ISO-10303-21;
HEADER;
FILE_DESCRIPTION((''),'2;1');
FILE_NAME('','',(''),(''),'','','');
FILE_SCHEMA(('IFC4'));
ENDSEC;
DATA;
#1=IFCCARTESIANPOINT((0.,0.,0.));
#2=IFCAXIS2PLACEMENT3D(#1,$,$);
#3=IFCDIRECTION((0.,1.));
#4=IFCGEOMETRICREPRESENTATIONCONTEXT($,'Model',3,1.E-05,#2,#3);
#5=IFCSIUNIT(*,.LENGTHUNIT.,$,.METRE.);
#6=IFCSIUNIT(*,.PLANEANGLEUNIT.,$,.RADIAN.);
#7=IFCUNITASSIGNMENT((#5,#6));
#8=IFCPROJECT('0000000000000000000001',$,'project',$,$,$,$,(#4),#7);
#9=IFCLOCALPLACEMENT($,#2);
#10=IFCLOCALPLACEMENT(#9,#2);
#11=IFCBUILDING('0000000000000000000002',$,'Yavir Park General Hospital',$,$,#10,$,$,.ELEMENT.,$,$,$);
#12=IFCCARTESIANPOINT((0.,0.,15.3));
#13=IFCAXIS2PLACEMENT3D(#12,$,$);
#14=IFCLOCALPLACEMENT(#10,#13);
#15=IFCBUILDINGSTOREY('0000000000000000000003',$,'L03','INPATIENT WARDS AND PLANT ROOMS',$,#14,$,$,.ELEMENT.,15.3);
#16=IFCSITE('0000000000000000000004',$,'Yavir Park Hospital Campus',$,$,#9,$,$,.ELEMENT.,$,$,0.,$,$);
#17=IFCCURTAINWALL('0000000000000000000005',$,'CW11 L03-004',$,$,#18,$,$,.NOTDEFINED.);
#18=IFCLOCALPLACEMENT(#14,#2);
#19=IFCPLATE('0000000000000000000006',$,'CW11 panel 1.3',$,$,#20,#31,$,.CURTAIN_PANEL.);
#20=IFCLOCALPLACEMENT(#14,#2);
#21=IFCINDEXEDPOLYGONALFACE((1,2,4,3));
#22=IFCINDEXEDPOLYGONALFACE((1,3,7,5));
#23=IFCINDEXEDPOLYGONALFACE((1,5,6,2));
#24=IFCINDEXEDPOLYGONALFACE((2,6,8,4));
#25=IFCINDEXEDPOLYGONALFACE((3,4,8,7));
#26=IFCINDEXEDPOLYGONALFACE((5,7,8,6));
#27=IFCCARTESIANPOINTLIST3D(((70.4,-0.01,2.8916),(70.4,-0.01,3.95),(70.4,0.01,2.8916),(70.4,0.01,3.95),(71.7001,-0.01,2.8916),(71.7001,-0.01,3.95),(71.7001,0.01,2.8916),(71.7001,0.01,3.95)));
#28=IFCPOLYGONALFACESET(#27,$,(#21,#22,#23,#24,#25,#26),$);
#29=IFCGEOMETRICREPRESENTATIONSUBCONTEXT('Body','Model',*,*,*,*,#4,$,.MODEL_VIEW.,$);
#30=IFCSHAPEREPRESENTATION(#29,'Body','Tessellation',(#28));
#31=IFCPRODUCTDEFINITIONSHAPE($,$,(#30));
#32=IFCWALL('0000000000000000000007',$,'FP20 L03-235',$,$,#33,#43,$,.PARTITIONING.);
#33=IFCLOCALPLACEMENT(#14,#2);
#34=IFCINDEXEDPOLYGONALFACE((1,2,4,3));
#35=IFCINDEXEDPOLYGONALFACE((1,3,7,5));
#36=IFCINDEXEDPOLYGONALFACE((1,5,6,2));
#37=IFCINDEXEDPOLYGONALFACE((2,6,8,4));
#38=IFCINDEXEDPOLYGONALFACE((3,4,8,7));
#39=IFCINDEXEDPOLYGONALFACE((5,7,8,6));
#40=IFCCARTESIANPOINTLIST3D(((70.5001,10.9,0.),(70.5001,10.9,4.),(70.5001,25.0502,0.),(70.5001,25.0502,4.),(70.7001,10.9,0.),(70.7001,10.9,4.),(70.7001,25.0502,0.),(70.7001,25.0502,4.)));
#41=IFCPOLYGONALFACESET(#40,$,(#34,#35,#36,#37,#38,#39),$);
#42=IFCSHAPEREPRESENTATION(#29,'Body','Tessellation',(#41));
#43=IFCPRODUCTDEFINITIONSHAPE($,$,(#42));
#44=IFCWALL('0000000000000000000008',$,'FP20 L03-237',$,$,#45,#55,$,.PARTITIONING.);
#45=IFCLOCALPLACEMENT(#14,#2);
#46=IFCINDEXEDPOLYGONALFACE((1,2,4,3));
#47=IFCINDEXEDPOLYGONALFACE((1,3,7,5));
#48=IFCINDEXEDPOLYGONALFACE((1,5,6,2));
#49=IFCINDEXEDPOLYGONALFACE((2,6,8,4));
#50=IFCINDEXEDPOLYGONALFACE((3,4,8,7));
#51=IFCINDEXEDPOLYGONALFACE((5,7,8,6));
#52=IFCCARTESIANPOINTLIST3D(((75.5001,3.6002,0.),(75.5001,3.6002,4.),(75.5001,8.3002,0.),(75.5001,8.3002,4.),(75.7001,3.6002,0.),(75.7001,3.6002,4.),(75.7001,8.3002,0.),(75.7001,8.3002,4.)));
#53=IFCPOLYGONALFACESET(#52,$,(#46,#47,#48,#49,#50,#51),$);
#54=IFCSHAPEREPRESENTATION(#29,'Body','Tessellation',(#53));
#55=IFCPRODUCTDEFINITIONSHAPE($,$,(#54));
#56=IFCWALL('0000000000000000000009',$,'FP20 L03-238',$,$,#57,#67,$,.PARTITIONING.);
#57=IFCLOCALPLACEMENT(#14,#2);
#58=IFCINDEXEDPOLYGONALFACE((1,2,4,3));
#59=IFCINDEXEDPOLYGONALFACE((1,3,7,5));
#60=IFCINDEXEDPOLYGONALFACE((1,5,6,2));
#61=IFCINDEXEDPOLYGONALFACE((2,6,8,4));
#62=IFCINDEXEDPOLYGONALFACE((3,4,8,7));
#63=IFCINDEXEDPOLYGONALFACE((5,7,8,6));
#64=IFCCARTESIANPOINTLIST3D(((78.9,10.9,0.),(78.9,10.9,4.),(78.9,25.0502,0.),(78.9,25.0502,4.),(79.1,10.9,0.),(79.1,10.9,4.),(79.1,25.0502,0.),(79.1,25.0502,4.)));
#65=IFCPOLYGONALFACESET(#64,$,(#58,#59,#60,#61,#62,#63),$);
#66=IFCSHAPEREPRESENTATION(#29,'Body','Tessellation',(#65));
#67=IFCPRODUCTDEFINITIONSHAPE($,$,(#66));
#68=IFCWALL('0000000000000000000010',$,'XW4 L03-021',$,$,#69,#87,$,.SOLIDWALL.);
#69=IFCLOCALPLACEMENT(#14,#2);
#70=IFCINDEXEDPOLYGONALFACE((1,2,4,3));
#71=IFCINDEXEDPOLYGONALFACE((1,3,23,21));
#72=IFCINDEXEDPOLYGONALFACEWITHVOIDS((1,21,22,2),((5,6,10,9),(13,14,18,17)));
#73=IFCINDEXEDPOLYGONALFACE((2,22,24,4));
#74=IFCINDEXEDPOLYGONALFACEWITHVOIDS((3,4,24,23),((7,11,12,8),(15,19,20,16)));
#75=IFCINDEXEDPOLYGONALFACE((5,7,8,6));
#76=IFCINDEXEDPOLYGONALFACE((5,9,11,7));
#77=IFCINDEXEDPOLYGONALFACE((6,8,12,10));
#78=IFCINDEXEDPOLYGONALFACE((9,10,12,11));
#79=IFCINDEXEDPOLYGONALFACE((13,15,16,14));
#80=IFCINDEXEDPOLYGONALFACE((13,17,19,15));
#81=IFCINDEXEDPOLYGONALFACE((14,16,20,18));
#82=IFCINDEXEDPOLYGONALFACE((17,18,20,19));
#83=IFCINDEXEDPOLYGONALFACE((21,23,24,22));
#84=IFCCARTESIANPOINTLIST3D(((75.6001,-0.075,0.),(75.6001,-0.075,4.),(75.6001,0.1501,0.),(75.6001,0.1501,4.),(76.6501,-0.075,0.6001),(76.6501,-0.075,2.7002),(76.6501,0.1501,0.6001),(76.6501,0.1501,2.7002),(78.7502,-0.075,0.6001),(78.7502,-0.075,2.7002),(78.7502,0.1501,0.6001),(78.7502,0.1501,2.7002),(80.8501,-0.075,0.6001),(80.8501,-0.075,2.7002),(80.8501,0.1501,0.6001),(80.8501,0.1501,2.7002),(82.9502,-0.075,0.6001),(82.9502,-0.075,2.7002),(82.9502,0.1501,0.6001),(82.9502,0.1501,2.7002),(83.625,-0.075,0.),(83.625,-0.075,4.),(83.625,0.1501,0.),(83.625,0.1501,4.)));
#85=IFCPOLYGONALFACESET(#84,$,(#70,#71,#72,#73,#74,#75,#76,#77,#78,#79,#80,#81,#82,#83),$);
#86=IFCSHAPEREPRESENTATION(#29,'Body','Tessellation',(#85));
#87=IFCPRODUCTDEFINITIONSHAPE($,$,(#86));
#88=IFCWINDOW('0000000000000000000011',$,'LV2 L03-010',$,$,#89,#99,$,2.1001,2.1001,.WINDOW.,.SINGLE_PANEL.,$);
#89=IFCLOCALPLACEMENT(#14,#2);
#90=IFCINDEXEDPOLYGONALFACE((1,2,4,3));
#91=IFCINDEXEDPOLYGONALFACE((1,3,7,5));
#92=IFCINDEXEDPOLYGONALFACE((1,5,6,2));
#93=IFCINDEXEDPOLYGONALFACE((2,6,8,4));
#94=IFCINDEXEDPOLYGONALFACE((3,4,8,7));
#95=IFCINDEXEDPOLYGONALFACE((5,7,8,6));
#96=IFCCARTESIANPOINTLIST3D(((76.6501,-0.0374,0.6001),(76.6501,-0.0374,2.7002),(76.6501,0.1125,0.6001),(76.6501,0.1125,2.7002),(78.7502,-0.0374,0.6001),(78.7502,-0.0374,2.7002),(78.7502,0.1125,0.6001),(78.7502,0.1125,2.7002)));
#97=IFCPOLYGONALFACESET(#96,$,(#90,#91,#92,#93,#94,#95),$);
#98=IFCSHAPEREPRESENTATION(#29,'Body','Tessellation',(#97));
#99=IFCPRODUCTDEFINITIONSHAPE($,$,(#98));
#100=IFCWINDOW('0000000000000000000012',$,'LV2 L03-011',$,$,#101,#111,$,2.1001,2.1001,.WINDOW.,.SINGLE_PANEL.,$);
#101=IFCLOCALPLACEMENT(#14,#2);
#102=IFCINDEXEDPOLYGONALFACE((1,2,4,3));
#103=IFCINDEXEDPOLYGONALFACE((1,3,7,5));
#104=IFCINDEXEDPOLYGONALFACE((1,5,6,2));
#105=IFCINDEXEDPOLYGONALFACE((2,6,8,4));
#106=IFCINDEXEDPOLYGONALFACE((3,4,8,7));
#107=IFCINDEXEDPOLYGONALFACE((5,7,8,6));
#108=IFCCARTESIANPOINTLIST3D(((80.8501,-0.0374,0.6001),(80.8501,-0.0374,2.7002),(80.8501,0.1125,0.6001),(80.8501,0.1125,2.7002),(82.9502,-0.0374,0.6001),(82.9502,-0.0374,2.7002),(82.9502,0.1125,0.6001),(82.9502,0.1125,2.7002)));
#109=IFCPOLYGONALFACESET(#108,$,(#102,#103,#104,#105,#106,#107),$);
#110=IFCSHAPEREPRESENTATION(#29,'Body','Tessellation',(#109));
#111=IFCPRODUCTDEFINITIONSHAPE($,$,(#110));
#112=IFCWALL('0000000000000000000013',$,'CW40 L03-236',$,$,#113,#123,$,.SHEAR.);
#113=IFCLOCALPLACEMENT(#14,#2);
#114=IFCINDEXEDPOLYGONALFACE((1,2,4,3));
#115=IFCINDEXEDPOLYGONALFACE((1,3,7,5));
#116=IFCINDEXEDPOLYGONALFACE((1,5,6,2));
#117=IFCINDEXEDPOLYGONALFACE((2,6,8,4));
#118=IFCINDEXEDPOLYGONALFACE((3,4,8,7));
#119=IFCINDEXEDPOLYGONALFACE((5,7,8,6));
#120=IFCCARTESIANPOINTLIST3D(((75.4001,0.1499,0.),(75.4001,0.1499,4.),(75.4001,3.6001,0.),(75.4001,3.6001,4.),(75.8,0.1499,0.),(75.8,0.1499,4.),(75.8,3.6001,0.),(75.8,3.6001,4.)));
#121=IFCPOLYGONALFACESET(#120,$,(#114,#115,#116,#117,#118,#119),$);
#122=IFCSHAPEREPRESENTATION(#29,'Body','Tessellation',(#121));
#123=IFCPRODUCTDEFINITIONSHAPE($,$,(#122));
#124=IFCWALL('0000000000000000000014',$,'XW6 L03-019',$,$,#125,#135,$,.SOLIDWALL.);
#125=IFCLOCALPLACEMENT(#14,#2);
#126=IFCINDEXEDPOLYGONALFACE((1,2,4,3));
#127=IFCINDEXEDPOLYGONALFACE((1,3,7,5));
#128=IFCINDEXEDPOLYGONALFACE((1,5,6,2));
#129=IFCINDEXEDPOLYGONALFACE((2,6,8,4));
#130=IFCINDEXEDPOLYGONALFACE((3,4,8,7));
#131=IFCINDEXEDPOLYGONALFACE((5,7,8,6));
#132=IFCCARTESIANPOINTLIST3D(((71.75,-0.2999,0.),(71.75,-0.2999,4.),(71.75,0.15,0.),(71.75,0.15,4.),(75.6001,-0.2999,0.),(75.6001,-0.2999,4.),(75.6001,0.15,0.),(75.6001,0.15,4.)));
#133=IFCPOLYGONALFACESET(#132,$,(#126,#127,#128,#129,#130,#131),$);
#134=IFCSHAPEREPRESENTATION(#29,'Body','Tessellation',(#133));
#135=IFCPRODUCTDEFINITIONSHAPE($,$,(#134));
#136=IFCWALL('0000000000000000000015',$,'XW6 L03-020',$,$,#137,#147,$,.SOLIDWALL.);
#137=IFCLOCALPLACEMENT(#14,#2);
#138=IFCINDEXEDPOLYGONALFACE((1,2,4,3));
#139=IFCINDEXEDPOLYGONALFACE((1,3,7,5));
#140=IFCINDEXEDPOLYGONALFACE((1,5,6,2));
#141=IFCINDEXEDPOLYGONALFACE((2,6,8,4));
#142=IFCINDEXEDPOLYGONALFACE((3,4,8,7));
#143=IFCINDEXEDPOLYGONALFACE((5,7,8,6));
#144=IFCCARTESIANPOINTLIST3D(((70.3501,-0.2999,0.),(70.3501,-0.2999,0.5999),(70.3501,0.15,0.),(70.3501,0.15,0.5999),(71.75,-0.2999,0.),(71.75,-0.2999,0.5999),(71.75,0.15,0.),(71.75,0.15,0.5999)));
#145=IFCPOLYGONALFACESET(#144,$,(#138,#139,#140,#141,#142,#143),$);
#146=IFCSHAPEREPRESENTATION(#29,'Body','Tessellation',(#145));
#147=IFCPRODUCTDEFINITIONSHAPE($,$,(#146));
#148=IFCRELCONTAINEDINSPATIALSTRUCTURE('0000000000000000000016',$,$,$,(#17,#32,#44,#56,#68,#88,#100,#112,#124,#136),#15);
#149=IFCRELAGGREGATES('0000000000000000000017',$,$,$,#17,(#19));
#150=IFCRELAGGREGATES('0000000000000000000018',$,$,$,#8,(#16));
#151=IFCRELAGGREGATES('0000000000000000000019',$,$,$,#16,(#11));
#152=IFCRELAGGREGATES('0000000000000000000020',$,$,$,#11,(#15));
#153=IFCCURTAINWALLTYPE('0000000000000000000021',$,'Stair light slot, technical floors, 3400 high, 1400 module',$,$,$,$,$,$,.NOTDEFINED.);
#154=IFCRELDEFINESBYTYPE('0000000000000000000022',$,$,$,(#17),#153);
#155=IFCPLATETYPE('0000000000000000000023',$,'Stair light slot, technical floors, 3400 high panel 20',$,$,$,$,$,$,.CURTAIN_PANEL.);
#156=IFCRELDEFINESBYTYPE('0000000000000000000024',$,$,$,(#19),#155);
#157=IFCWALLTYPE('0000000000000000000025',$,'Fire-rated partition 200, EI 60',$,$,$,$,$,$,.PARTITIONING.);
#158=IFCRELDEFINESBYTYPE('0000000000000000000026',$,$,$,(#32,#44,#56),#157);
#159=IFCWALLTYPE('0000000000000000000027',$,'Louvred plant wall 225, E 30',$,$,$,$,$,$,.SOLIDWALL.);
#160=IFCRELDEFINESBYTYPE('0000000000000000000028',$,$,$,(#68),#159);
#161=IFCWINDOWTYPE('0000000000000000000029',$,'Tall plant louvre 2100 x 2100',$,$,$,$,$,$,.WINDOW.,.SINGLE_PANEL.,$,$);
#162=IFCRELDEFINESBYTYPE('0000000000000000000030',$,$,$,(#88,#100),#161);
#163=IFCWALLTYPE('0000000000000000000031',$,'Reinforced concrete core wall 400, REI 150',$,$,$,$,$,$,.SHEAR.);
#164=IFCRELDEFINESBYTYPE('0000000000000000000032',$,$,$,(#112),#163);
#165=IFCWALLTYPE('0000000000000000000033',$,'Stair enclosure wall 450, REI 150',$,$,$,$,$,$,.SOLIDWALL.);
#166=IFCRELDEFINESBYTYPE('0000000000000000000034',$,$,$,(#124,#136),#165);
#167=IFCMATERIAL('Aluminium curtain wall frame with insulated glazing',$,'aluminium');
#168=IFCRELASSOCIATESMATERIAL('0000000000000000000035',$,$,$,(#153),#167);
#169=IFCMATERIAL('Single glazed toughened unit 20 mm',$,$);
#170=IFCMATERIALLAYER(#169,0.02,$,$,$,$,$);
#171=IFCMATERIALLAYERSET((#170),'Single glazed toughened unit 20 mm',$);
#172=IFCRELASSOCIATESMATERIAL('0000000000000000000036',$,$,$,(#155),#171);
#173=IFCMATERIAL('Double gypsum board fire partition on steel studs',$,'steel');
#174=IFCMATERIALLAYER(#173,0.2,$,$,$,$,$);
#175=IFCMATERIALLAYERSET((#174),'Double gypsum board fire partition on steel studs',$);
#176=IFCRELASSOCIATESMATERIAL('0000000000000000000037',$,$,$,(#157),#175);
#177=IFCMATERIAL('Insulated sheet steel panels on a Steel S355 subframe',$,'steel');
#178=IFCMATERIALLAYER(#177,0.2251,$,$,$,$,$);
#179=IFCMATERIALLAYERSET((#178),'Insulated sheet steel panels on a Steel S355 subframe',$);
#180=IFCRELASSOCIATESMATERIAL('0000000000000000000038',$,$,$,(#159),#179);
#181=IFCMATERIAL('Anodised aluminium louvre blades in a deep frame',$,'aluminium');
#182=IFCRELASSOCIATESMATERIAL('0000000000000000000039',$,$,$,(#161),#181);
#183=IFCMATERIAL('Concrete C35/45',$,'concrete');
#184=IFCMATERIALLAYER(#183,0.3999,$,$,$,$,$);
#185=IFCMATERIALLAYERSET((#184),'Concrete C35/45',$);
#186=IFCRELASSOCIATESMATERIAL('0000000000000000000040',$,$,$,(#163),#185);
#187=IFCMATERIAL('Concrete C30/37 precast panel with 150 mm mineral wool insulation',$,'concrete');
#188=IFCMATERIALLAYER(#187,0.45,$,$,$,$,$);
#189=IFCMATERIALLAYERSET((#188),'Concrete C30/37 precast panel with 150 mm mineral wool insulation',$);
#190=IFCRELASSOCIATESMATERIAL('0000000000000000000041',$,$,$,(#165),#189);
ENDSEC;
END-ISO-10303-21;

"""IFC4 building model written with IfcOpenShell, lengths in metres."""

from ifc_helpers import new_model, si_unit, direction, frame, frame_2d, origin, origin_2d, place, context, subcontext, project, spatial, rectangle, extrude, material, layer, layer_set, type_object, element, fill, aggregate, save


model = new_model("IFC4")

# Units and contexts
model_context = context("Model", 3, precision=1e-05, world=origin(), true_north=direction((0.0, 1.0)))
body_context = subcontext(model_context, "Body", "Model", "MODEL_VIEW")
ifc_project = project(units=[si_unit("LENGTHUNIT", "METRE"), si_unit("PLANEANGLEUNIT", "RADIAN")], contexts=[model_context])

# Site, building, storey
site_placement = place(None, origin())
site = spatial("IfcSite", under=ifc_project, at=site_placement, Name="Yavir Park Hospital Campus", CompositionType="ELEMENT", RefElevation=0.0)
building_placement = place(site_placement, origin())
building = spatial("IfcBuilding", under=site, at=building_placement, Name="Yavir Park General Hospital", CompositionType="ELEMENT")
storey_placement = place(building_placement, frame((0.0, 0.0, 15.3)))
storey = spatial("IfcBuildingStorey", under=building, at=storey_placement, Name="L03", Description="INPATIENT WARDS AND PLANT ROOMS", CompositionType="ELEMENT", Elevation=15.3)

# Curtain wall, plate
ifc_material_1 = material(Name="Aluminium curtain wall frame with insulated glazing", Category="aluminium")
curtain_wall_type = type_object("IfcCurtainWallType", Name="Stair light slot, technical floors, 3400 high, 1400 module", PredefinedType="NOTDEFINED", material=ifc_material_1)
curtain_wall_placement = place(storey_placement, origin())
curtain_wall = element("IfcCurtainWall", 1, at=curtain_wall_placement, inside=storey, type_object=curtain_wall_type, Name="CW11 L03-004", PredefinedType="NOTDEFINED")
ifc_material_2 = material(Name="Single glazed toughened unit 20 mm")
ifc_layer_1 = layer(ifc_material_2, 0.02)
ifc_layer_set_1 = layer_set([ifc_layer_1], Name="Single glazed toughened unit 20 mm")
plate_type = type_object("IfcPlateType", Name="Stair light slot, technical floors, 3400 high panel 20", PredefinedType="CURTAIN_PANEL", material=ifc_layer_set_1)
plate_1_placement = place(storey_placement, frame((71.05, 0.0, 2.8916), z_axis=(0.0, 0.0, 1.0), x_axis=(1.0, 0.0, 0.0)))
plate_1 = element("IfcPlate", 2, at=plate_1_placement, type_object=plate_type, Name="CW11 panel 1.3", PredefinedType="CURTAIN_PANEL", context=body_context, shape_type="SweptSolid", body=[
    extrude(rectangle(XDim=1.3, YDim=0.02, at=origin_2d()), origin(), (0.0, 0.0, 1.0), 1.0583),
])
aggregate(curtain_wall, [plate_1])

# Walls
ifc_material_3 = material(Name="Double gypsum board fire partition on steel studs", Category="steel")
ifc_layer_2 = layer(ifc_material_3, 0.2)
ifc_layer_set_2 = layer_set([ifc_layer_2], Name="Double gypsum board fire partition on steel studs")
wall_type_1 = type_object("IfcWallType", Name="Fire-rated partition 200, EI 60", PredefinedType="PARTITIONING", material=ifc_layer_set_2)
wall_1_placement = place(storey_placement, frame((70.6001, 10.8999, 0.0), z_axis=(0.0, 0.0, 1.0), x_axis=(0.0, 1.0, 0.0)))
element("IfcWall", 3, at=wall_1_placement, inside=storey, type_object=wall_type_1, Name="FP20 L03-235", PredefinedType="PARTITIONING", context=body_context, shape_type="SweptSolid", body=[
    extrude(rectangle(XDim=14.1501, YDim=0.2, at=frame_2d((7.0752, 0.0))), origin(), (0.0, 0.0, 1.0), 4.0),
])
wall_2_placement = place(storey_placement, frame((75.6001, 3.6001, 0.0), z_axis=(0.0, 0.0, 1.0), x_axis=(0.0, 1.0, 0.0)))
element("IfcWall", 4, at=wall_2_placement, inside=storey, type_object=wall_type_1, Name="FP20 L03-237", PredefinedType="PARTITIONING", context=body_context, shape_type="SweptSolid", body=[
    extrude(rectangle(XDim=4.7, YDim=0.2, at=frame_2d((2.3501, 0.0))), origin(), (0.0, 0.0, 1.0), 4.0),
])
wall_3_placement = place(storey_placement, frame((79.0, 10.8999, 0.0), z_axis=(0.0, 0.0, 1.0), x_axis=(0.0, 1.0, 0.0)))
element("IfcWall", 5, at=wall_3_placement, inside=storey, type_object=wall_type_1, Name="FP20 L03-238", PredefinedType="PARTITIONING", context=body_context, shape_type="SweptSolid", body=[
    extrude(rectangle(XDim=14.1501, YDim=0.2, at=frame_2d((7.0752, 0.0))), origin(), (0.0, 0.0, 1.0), 4.0),
])

# Wall, openings, windows
ifc_material_4 = material(Name="Insulated sheet steel panels on a Steel S355 subframe", Category="steel")
ifc_layer_3 = layer(ifc_material_4, 0.2251)
ifc_layer_set_3 = layer_set([ifc_layer_3], Name="Insulated sheet steel panels on a Steel S355 subframe")
wall_type_2 = type_object("IfcWallType", Name="Louvred plant wall 225, E 30", PredefinedType="SOLIDWALL", material=ifc_layer_set_3)
wall_4_placement = place(storey_placement, frame((75.6001, 0.0376, 0.0), z_axis=(0.0, 0.0, 1.0), x_axis=(1.0, 0.0, 0.0)))
wall_4 = element("IfcWall", 6, at=wall_4_placement, inside=storey, type_object=wall_type_2, Name="XW4 L03-021", PredefinedType="SOLIDWALL", context=body_context, shape_type="SweptSolid", body=[
    extrude(rectangle(XDim=8.0249, YDim=0.2251, at=frame_2d((4.0125, 0.0))), origin(), (0.0, 0.0, 1.0), 4.0),
])
opening_1_placement = place(wall_4_placement, frame((1.05, 0.0, 0.6001)))
opening_1 = element("IfcOpeningElement", 7, at=opening_1_placement, cuts=wall_4, PredefinedType="OPENING", context=body_context, shape_type="SweptSolid", body=[
    extrude(rectangle(XDim=2.1001, YDim=2.1001, at=frame_2d((1.05, 1.05))), frame((0.0, 0.1226, 0.0), z_axis=(0.0, -1.0, 0.0), x_axis=(1.0, 0.0, 0.0)), (0.0, 0.0, 1.0), 0.2451),
])
opening_2_placement = place(wall_4_placement, frame((5.25, 0.0, 0.6001)))
opening_2 = element("IfcOpeningElement", 8, at=opening_2_placement, cuts=wall_4, PredefinedType="OPENING", context=body_context, shape_type="SweptSolid", body=[
    extrude(rectangle(XDim=2.1001, YDim=2.1001, at=frame_2d((1.05, 1.05))), frame((0.0, 0.1226, 0.0), z_axis=(0.0, -1.0, 0.0), x_axis=(1.0, 0.0, 0.0)), (0.0, 0.0, 1.0), 0.2451),
])
ifc_material_5 = material(Name="Anodised aluminium louvre blades in a deep frame", Category="aluminium")
window_type = type_object("IfcWindowType", Name="Tall plant louvre 2100 x 2100", PartitioningType="SINGLE_PANEL", PredefinedType="WINDOW", material=ifc_material_5)
window_1_placement = place(opening_1_placement, origin())
window_1 = element("IfcWindow", 9, at=window_1_placement, inside=storey, type_object=window_type, Name="LV2 L03-010", OverallHeight=2.1001, OverallWidth=2.1001, PartitioningType="SINGLE_PANEL", PredefinedType="WINDOW", context=body_context, shape_type="SweptSolid", body=[
    extrude(rectangle(XDim=2.1001, YDim=2.1001, at=frame_2d((1.05, 1.05))), frame((0.0, 0.075, 0.0), z_axis=(0.0, -1.0, 0.0), x_axis=(1.0, 0.0, 0.0)), (0.0, 0.0, 1.0), 0.1499),
])
fill(opening_1, window_1)
window_2_placement = place(opening_2_placement, origin())
window_2 = element("IfcWindow", 10, at=window_2_placement, inside=storey, type_object=window_type, Name="LV2 L03-011", OverallHeight=2.1001, OverallWidth=2.1001, PartitioningType="SINGLE_PANEL", PredefinedType="WINDOW", context=body_context, shape_type="SweptSolid", body=[
    extrude(rectangle(XDim=2.1001, YDim=2.1001, at=frame_2d((1.05, 1.05))), frame((0.0, 0.075, 0.0), z_axis=(0.0, -1.0, 0.0), x_axis=(1.0, 0.0, 0.0)), (0.0, 0.0, 1.0), 0.1499),
])
fill(opening_2, window_2)

# Walls
ifc_material_6 = material(Name="Concrete C35/45", Category="concrete")
ifc_layer_4 = layer(ifc_material_6, 0.3999)
ifc_layer_set_4 = layer_set([ifc_layer_4], Name="Concrete C35/45")
wall_type_3 = type_object("IfcWallType", Name="Reinforced concrete core wall 400, REI 150", PredefinedType="SHEAR", material=ifc_layer_set_4)
wall_5_placement = place(storey_placement, frame((75.6001, 0.1499, 0.0), z_axis=(0.0, 0.0, 1.0), x_axis=(0.0, 1.0, 0.0)))
element("IfcWall", 11, at=wall_5_placement, inside=storey, type_object=wall_type_3, Name="CW40 L03-236", PredefinedType="SHEAR", context=body_context, shape_type="SweptSolid", body=[
    extrude(rectangle(XDim=3.4502, YDim=0.3999, at=frame_2d((1.7251, 0.0))), origin(), (0.0, 0.0, 1.0), 4.0),
])
ifc_material_7 = material(Name="Concrete C30/37 precast panel with 150 mm mineral wool insulation", Category="concrete")
ifc_layer_5 = layer(ifc_material_7, 0.45)
ifc_layer_set_5 = layer_set([ifc_layer_5], Name="Concrete C30/37 precast panel with 150 mm mineral wool insulation")
wall_type_4 = type_object("IfcWallType", Name="Stair enclosure wall 450, REI 150", PredefinedType="SOLIDWALL", material=ifc_layer_set_5)
wall_6_placement = place(storey_placement, frame((71.75, -0.075, 0.0), z_axis=(0.0, 0.0, 1.0), x_axis=(1.0, 0.0, 0.0)))
element("IfcWall", 12, at=wall_6_placement, inside=storey, type_object=wall_type_4, Name="XW6 L03-019", PredefinedType="SOLIDWALL", context=body_context, shape_type="SweptSolid", body=[
    extrude(rectangle(XDim=3.8501, YDim=0.45, at=frame_2d((1.925, 0.0))), origin(), (0.0, 0.0, 1.0), 4.0),
])
wall_7_placement = place(storey_placement, frame((70.3501, -0.075, 0.0), z_axis=(0.0, 0.0, 1.0), x_axis=(1.0, 0.0, 0.0)))
element("IfcWall", 13, at=wall_7_placement, inside=storey, type_object=wall_type_4, Name="XW6 L03-020", PredefinedType="SOLIDWALL", context=body_context, shape_type="SweptSolid", body=[
    extrude(rectangle(XDim=1.3999, YDim=0.45, at=frame_2d((0.7, 0.0))), origin(), (0.0, 0.0, 1.0), 0.5999),
])

save(model, "model.ifc")
